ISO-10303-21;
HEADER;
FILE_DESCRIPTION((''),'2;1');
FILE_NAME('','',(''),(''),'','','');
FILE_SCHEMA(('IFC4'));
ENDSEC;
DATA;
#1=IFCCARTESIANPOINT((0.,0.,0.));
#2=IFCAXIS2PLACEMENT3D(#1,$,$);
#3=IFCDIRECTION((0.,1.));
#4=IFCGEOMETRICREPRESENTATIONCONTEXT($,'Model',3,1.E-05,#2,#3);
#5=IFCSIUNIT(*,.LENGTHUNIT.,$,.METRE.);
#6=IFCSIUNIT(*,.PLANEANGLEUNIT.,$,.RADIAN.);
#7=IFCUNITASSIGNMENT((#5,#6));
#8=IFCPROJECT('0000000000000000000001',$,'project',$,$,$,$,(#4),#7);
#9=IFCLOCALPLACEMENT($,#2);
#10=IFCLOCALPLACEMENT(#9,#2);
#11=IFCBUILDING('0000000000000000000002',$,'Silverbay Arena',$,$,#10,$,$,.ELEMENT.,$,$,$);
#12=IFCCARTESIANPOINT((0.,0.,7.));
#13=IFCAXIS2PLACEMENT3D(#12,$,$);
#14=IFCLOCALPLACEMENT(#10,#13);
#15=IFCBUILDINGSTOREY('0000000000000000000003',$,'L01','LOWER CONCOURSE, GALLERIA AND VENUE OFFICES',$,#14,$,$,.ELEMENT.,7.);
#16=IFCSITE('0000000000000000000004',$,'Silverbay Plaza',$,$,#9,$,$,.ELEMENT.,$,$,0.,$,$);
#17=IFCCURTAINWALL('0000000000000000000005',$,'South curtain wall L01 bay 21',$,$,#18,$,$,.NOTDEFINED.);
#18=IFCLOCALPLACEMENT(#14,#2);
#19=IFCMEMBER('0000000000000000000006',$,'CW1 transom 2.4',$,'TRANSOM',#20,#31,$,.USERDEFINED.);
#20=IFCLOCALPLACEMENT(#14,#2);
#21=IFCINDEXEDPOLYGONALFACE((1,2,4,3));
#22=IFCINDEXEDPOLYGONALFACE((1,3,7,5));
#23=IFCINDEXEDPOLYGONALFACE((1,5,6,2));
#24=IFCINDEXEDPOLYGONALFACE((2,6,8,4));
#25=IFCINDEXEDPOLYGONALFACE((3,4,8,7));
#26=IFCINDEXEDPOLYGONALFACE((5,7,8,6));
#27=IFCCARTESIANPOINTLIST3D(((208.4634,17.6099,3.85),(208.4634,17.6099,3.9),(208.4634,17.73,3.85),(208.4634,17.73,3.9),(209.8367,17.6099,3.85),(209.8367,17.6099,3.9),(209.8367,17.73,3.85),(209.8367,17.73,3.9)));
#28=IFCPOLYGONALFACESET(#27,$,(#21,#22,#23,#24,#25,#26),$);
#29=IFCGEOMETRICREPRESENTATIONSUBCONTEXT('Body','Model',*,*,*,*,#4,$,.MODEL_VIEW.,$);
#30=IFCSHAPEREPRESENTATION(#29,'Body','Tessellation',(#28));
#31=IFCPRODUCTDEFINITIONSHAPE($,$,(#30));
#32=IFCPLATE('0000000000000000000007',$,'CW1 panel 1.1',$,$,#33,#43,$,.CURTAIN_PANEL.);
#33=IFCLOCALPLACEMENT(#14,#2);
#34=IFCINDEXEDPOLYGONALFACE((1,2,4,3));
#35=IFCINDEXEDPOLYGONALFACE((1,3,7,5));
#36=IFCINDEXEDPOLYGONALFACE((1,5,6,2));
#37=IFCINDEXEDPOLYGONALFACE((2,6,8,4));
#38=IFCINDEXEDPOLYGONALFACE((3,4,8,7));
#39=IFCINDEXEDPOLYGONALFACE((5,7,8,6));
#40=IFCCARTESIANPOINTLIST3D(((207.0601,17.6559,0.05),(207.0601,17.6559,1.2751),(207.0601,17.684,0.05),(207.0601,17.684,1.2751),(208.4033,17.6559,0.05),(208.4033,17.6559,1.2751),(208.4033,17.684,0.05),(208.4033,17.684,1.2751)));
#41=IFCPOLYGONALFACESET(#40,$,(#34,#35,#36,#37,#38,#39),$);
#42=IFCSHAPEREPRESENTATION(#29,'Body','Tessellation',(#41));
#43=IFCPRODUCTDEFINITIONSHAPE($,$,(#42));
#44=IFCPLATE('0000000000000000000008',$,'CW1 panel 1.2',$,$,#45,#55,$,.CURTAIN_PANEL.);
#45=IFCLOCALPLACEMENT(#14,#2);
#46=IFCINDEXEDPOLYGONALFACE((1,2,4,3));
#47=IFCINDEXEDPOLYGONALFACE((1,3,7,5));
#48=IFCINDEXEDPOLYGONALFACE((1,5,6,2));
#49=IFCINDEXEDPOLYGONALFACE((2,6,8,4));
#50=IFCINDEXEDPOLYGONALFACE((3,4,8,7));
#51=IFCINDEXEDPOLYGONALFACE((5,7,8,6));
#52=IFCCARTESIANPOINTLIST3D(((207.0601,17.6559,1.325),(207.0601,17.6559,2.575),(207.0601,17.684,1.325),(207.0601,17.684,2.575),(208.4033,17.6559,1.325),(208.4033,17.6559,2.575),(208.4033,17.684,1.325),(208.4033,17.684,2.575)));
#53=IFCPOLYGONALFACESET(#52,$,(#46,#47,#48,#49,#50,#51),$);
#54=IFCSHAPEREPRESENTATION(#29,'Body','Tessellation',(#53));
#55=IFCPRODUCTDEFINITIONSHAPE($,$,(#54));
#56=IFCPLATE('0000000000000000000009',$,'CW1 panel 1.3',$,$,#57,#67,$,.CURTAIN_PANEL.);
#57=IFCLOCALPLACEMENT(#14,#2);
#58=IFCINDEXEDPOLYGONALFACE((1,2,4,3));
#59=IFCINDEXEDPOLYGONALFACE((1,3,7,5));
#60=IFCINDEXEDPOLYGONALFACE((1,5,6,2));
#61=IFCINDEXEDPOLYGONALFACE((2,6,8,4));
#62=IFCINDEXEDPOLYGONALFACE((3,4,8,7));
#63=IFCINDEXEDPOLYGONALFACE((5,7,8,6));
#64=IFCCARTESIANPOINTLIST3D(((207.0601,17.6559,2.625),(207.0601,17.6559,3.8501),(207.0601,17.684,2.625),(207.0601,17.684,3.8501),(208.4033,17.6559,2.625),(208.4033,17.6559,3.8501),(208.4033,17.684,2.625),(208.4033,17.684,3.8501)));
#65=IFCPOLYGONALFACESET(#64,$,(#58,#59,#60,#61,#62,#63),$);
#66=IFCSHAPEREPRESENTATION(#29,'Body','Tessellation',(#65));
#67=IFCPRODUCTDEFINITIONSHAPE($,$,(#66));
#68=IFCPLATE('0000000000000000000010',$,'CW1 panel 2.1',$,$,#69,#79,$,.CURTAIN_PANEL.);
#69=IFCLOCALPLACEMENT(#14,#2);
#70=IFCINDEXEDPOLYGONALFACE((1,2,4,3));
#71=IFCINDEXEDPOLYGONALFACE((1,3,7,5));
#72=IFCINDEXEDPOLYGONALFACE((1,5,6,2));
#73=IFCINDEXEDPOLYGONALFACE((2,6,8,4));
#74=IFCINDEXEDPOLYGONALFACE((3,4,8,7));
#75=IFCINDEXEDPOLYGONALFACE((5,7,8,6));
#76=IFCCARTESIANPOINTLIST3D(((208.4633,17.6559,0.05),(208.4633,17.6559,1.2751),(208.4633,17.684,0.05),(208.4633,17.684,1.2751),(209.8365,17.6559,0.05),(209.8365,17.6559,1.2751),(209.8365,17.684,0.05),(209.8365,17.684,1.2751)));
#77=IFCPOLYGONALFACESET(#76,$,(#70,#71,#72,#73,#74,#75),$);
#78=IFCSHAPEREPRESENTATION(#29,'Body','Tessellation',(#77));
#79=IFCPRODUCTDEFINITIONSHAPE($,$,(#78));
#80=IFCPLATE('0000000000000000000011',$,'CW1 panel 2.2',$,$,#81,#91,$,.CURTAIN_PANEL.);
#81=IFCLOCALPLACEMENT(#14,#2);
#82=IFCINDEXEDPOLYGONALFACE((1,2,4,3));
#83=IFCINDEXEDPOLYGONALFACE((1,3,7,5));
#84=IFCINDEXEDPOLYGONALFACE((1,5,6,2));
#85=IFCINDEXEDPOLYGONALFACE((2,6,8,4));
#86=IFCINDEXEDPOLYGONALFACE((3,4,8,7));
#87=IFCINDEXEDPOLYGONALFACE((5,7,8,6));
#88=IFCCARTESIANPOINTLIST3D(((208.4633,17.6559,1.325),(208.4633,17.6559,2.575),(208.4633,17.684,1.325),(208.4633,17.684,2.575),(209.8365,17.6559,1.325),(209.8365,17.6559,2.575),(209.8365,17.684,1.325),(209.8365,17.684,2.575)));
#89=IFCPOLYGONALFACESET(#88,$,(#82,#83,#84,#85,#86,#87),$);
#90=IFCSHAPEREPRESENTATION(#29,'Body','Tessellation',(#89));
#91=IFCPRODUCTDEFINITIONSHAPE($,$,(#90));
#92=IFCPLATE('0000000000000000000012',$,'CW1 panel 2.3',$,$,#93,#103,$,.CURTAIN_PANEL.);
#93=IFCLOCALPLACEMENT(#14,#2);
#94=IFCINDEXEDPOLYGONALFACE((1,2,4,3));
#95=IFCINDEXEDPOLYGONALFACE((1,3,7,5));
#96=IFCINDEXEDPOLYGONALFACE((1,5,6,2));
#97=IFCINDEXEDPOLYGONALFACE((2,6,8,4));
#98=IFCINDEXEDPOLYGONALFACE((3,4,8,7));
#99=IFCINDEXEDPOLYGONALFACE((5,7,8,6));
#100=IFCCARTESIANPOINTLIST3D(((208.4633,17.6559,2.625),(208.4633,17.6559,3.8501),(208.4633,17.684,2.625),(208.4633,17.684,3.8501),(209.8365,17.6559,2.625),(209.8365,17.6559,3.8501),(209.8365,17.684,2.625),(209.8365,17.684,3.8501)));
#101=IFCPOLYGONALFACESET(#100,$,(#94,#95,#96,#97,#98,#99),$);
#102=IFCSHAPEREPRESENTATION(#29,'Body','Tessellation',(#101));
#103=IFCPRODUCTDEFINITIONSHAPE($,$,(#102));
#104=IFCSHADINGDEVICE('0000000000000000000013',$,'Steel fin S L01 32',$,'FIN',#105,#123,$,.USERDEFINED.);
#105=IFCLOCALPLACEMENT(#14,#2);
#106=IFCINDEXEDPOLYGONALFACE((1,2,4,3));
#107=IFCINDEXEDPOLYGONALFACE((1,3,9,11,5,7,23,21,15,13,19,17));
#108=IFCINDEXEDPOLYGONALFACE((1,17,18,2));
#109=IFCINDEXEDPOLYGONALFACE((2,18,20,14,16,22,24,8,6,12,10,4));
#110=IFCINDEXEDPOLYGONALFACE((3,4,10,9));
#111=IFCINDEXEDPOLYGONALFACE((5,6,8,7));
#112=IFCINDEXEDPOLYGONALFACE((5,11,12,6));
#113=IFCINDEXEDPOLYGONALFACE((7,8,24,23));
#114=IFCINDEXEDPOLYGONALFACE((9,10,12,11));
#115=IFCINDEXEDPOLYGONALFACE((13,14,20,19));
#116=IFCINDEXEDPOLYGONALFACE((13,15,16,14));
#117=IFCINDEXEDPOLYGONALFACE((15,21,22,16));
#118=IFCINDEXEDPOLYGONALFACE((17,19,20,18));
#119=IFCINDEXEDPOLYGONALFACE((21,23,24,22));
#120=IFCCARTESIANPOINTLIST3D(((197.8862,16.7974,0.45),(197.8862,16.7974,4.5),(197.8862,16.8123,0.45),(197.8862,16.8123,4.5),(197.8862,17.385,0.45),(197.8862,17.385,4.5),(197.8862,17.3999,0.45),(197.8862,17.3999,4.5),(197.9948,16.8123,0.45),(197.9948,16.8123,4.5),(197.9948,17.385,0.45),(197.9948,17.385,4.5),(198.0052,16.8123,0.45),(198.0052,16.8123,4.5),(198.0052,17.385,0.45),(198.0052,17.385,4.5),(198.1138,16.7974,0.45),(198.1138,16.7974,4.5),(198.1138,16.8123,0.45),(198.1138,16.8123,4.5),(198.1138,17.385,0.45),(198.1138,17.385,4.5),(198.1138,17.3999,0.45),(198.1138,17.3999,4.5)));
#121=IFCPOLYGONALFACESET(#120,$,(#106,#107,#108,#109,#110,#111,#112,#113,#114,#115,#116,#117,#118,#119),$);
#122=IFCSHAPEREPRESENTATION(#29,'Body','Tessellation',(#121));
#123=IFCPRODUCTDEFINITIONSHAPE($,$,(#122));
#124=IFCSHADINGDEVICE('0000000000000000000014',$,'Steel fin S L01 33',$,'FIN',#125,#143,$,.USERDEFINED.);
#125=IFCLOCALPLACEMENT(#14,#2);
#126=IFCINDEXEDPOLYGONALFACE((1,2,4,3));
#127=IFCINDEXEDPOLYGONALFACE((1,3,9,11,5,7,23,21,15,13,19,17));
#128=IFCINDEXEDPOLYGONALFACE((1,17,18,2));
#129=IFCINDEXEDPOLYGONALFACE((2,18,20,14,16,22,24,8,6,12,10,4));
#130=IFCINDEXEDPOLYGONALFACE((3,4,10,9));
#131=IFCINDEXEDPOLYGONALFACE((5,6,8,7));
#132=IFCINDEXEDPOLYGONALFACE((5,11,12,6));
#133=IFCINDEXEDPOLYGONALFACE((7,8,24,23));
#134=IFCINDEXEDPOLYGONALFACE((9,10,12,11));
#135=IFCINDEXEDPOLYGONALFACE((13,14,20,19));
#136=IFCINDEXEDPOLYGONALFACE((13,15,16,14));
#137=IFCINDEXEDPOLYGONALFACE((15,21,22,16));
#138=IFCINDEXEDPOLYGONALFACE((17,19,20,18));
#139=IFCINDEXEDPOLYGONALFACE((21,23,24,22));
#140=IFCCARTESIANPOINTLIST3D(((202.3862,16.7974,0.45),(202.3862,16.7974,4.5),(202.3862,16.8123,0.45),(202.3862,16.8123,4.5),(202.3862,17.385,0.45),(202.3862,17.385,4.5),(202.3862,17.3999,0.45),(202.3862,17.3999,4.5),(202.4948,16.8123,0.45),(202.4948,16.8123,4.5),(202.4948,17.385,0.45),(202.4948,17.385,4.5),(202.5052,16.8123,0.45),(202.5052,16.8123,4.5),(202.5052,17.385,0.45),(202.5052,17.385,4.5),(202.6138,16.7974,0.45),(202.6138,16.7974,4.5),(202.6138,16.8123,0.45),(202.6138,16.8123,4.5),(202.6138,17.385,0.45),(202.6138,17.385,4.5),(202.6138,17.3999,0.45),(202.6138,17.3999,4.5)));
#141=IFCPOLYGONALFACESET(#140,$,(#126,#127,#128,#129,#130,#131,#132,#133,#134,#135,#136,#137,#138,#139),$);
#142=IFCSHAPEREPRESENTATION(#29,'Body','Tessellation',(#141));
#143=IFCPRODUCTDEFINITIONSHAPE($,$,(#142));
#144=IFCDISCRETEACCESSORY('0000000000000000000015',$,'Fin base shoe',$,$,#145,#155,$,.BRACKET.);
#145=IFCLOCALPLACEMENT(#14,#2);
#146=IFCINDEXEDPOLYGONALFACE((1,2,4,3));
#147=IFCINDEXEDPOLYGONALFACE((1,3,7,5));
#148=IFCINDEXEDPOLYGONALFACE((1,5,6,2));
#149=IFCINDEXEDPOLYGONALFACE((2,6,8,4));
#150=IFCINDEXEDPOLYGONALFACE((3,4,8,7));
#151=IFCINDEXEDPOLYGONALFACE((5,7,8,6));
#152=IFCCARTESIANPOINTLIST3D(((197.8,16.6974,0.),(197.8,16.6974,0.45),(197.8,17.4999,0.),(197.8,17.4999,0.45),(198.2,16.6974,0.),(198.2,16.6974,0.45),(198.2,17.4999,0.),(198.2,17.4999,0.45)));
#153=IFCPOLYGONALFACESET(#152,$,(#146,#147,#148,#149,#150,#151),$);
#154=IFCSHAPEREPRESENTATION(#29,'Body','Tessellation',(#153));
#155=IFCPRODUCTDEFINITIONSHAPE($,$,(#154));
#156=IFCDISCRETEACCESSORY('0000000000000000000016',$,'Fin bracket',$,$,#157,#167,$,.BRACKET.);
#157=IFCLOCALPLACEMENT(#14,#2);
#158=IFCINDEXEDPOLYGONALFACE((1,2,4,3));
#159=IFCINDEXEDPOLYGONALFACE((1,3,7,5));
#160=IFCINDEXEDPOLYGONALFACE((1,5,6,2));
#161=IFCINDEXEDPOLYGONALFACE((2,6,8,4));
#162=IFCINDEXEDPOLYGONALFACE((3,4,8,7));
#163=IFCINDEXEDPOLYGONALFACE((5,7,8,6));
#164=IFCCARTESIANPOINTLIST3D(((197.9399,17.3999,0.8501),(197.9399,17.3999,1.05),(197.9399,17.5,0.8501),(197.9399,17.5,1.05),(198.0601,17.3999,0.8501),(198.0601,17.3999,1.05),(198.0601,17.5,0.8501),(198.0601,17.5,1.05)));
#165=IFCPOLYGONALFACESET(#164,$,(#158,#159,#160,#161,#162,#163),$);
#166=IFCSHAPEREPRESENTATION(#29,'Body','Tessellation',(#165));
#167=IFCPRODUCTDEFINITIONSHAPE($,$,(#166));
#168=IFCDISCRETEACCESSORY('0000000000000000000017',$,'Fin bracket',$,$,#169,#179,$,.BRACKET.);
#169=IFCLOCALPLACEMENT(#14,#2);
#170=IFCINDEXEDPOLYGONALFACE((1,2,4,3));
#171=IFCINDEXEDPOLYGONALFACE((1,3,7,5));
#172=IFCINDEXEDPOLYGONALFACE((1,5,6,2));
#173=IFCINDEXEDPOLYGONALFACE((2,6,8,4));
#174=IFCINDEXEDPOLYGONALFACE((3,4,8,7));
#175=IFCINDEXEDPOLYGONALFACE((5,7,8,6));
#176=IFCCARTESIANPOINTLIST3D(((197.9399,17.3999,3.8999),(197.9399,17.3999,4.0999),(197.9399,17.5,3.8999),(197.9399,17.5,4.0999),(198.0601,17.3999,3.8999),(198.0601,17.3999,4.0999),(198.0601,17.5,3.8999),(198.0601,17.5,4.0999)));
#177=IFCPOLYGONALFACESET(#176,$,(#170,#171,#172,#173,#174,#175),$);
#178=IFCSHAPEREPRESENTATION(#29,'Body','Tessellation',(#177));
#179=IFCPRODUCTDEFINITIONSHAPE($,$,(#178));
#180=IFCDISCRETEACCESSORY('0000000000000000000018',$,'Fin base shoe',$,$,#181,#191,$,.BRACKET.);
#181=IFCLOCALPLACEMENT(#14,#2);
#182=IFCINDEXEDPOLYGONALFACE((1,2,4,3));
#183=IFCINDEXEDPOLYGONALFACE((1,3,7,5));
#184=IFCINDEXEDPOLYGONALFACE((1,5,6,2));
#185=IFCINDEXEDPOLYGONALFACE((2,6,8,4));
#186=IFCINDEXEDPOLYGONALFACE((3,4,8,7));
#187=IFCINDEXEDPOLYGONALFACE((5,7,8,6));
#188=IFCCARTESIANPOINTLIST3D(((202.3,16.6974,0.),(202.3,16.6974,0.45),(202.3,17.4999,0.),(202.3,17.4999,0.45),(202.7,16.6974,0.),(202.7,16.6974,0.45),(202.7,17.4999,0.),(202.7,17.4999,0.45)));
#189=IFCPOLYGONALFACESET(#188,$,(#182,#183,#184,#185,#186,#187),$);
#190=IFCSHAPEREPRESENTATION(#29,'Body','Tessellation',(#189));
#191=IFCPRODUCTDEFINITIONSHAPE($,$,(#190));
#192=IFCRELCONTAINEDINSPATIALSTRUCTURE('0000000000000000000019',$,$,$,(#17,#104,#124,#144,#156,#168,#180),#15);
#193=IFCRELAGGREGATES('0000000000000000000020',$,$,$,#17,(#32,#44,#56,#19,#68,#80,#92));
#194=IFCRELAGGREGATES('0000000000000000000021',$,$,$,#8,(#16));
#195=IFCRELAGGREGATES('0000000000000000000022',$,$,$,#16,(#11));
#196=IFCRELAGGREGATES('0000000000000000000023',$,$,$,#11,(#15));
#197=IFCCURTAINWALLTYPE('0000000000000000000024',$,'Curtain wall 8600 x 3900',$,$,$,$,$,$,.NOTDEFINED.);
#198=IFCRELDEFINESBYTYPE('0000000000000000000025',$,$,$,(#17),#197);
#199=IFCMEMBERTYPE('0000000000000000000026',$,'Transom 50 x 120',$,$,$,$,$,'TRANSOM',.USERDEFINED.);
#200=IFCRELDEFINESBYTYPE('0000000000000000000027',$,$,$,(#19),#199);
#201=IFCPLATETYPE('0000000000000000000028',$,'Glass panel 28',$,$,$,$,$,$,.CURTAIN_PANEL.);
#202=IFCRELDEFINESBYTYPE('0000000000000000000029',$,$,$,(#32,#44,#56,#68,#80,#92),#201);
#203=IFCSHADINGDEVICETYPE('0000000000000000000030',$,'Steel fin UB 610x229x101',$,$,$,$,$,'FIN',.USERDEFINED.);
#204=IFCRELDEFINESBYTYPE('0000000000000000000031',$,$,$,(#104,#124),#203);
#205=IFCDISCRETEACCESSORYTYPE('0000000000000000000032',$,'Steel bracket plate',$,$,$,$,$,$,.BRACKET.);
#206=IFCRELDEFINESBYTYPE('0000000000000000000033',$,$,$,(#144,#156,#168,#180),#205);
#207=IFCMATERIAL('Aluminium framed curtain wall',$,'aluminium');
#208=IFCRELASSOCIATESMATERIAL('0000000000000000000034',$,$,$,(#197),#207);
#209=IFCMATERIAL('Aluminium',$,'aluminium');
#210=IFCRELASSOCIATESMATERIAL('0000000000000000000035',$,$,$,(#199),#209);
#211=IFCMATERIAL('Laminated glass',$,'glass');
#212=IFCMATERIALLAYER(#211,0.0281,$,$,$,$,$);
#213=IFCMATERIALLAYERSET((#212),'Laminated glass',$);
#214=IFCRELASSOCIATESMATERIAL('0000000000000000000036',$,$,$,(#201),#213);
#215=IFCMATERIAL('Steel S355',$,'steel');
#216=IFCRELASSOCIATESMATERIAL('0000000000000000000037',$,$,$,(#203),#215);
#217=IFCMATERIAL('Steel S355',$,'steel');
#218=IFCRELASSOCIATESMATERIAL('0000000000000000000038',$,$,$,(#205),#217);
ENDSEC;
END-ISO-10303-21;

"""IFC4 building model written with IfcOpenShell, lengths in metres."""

from ifc_helpers import new_model, si_unit, direction, frame, origin, origin_2d, place, context, subcontext, project, spatial, rectangle, i_section, extrude, material, layer, layer_set, material_profile, profile_set, type_object, element, aggregate, save


model = new_model("IFC4")

# Units and contexts
model_context = context("Model", 3, precision=1e-05, world=origin(), true_north=direction((0.0, 1.0)))
body_context = subcontext(model_context, "Body", "Model", "MODEL_VIEW")
ifc_project = project(units=[si_unit("LENGTHUNIT", "METRE"), si_unit("PLANEANGLEUNIT", "RADIAN")], contexts=[model_context])

# Site, building, storey
site_placement = place(None, origin())
site = spatial("IfcSite", under=ifc_project, at=site_placement, Name="Silverbay Plaza", CompositionType="ELEMENT", RefElevation=0.0)
building_placement = place(site_placement, origin())
building = spatial("IfcBuilding", under=site, at=building_placement, Name="Silverbay Arena", CompositionType="ELEMENT")
storey_placement = place(building_placement, frame((0.0, 0.0, 7.0)))
storey = spatial("IfcBuildingStorey", under=building, at=storey_placement, Name="L01", Description="LOWER CONCOURSE, GALLERIA AND VENUE OFFICES", CompositionType="ELEMENT", Elevation=7.0)

# Curtain wall
ifc_material_1 = material(Name="Aluminium framed curtain wall", Category="aluminium")
curtain_wall_type = type_object("IfcCurtainWallType", Name="Curtain wall 8600 x 3900", PredefinedType="NOTDEFINED", material=ifc_material_1)
curtain_wall_placement = place(storey_placement, origin())
curtain_wall = element("IfcCurtainWall", 1, at=curtain_wall_placement, inside=storey, type_object=curtain_wall_type, Name="South curtain wall L01 bay 21", PredefinedType="NOTDEFINED")

# Member
ifc_material_2 = material(Name="Aluminium", Category="aluminium")
ifc_material_profile_1 = material_profile(ifc_material_2, rectangle(XDim=0.1201, YDim=0.05, at=origin_2d()), Name="Transom 50 x 120")
ifc_profile_set_1 = profile_set([ifc_material_profile_1], Name="Aluminium")
member_type_1 = type_object("IfcMemberType", Name="Transom 50 x 120", ElementType="TRANSOM", PredefinedType="USERDEFINED", material=ifc_profile_set_1)
member_1_placement = place(storey_placement, frame((208.4634, 17.6699, 3.875), z_axis=(1.0, 0.0, 0.0), x_axis=(0.0, 1.0, 0.0)))
member_1 = element("IfcMember", 2, at=member_1_placement, type_object=member_type_1, Name="CW1 transom 2.4", ObjectType="TRANSOM", PredefinedType="USERDEFINED", context=body_context, shape_type="SweptSolid", body=[
    extrude(rectangle(XDim=0.1201, YDim=0.05, at=origin_2d()), origin(), (0.0, 0.0, 1.0), 1.3733),
])

# Plates
ifc_material_3 = material(Name="Laminated glass", Category="glass")
ifc_layer = layer(ifc_material_3, 0.0281)
ifc_layer_set = layer_set([ifc_layer], Name="Laminated glass")
plate_type = type_object("IfcPlateType", Name="Glass panel 28", PredefinedType="CURTAIN_PANEL", material=ifc_layer_set)
plate_1_placement = place(storey_placement, frame((207.7317, 17.6699, 0.05), z_axis=(0.0, 0.0, 1.0), x_axis=(1.0, 0.0, 0.0)))
plate_1 = element("IfcPlate", 3, at=plate_1_placement, type_object=plate_type, Name="CW1 panel 1.1", PredefinedType="CURTAIN_PANEL", context=body_context, shape_type="SweptSolid", body=[
    extrude(rectangle(XDim=1.3433, YDim=0.0281, at=origin_2d()), origin(), (0.0, 0.0, 1.0), 1.2251),
])
plate_2_placement = place(storey_placement, frame((207.7317, 17.6699, 1.325), z_axis=(0.0, 0.0, 1.0), x_axis=(1.0, 0.0, 0.0)))
plate_2 = element("IfcPlate", 4, at=plate_2_placement, type_object=plate_type, Name="CW1 panel 1.2", PredefinedType="CURTAIN_PANEL", context=body_context, shape_type="SweptSolid", body=[
    extrude(rectangle(XDim=1.3433, YDim=0.0281, at=origin_2d()), origin(), (0.0, 0.0, 1.0), 1.25),
])
plate_3_placement = place(storey_placement, frame((207.7317, 17.6699, 2.625), z_axis=(0.0, 0.0, 1.0), x_axis=(1.0, 0.0, 0.0)))
plate_3 = element("IfcPlate", 5, at=plate_3_placement, type_object=plate_type, Name="CW1 panel 1.3", PredefinedType="CURTAIN_PANEL", context=body_context, shape_type="SweptSolid", body=[
    extrude(rectangle(XDim=1.3433, YDim=0.0281, at=origin_2d()), origin(), (0.0, 0.0, 1.0), 1.2251),
])
plate_4_placement = place(storey_placement, frame((209.1499, 17.6699, 0.05), z_axis=(0.0, 0.0, 1.0), x_axis=(1.0, 0.0, 0.0)))
plate_4 = element("IfcPlate", 6, at=plate_4_placement, type_object=plate_type, Name="CW1 panel 2.1", PredefinedType="CURTAIN_PANEL", context=body_context, shape_type="SweptSolid", body=[
    extrude(rectangle(XDim=1.3733, YDim=0.0281, at=origin_2d()), origin(), (0.0, 0.0, 1.0), 1.2251),
])
plate_5_placement = place(storey_placement, frame((209.1499, 17.6699, 1.325), z_axis=(0.0, 0.0, 1.0), x_axis=(1.0, 0.0, 0.0)))
plate_5 = element("IfcPlate", 7, at=plate_5_placement, type_object=plate_type, Name="CW1 panel 2.2", PredefinedType="CURTAIN_PANEL", context=body_context, shape_type="SweptSolid", body=[
    extrude(rectangle(XDim=1.3733, YDim=0.0281, at=origin_2d()), origin(), (0.0, 0.0, 1.0), 1.25),
])
plate_6_placement = place(storey_placement, frame((209.1499, 17.6699, 2.625), z_axis=(0.0, 0.0, 1.0), x_axis=(1.0, 0.0, 0.0)))
plate_6 = element("IfcPlate", 8, at=plate_6_placement, type_object=plate_type, Name="CW1 panel 2.3", PredefinedType="CURTAIN_PANEL", context=body_context, shape_type="SweptSolid", body=[
    extrude(rectangle(XDim=1.3733, YDim=0.0281, at=origin_2d()), origin(), (0.0, 0.0, 1.0), 1.2251),
])
aggregate(curtain_wall, [plate_1, plate_2, plate_3, member_1, plate_4, plate_5, plate_6])

# Shading devices
ifc_material_4 = material(Name="Steel S355", Category="steel")
ifc_material_profile_2 = material_profile(ifc_material_4, i_section(OverallWidth=0.2275, OverallDepth=0.6025, WebThickness=0.0105, FlangeThickness=0.0149, at=origin_2d()), Name="UB 610x229x101")
ifc_profile_set_2 = profile_set([ifc_material_profile_2], Name="Steel S355")
shading_device_type = type_object("IfcShadingDeviceType", Name="Steel fin UB 610x229x101", ElementType="FIN", PredefinedType="USERDEFINED", material=ifc_profile_set_2)
for number, where, z_axis, x_axis, name in (
    (9, (198.0, 17.0986, 0.45), (0.0, 0.0, 1.0), (1.0, 0.0, 0.0), "Steel fin S L01 32"),
    (10, (202.5, 17.0986, 0.45), (0.0, 0.0, 1.0), (1.0, 0.0, 0.0), "Steel fin S L01 33"),
):
    element("IfcShadingDevice", number, at=place(storey_placement, frame(where, z_axis=z_axis, x_axis=x_axis)), inside=storey, type_object=shading_device_type, Name=name, ObjectType="FIN", PredefinedType="USERDEFINED", context=body_context, shape_type="SweptSolid", body=[
        extrude(i_section(OverallWidth=0.2275, OverallDepth=0.6025, WebThickness=0.0105, FlangeThickness=0.0149, at=origin_2d()), origin(), (0.0, 0.0, 1.0), 4.05),
    ])

# Discrete accessories
ifc_material_5 = material(Name="Steel S355", Category="steel")
discrete_accessory_type = type_object("IfcDiscreteAccessoryType", Name="Steel bracket plate", PredefinedType="BRACKET", material=ifc_material_5)
discrete_accessory_1_placement = place(storey_placement, frame((198.0, 17.0986, 0.0), z_axis=(0.0, 0.0, 1.0), x_axis=(1.0, 0.0, 0.0)))
element("IfcDiscreteAccessory", 11, at=discrete_accessory_1_placement, inside=storey, type_object=discrete_accessory_type, Name="Fin base shoe", PredefinedType="BRACKET", context=body_context, shape_type="SweptSolid", body=[
    extrude(rectangle(XDim=0.3999, YDim=0.8025, at=origin_2d()), origin(), (0.0, 0.0, 1.0), 0.45),
])
for number, where, z_axis, x_axis, name in (
    (12, (198.0, 17.45, 0.8501), (0.0, 0.0, 1.0), (1.0, 0.0, 0.0), "Fin bracket"),
    (13, (198.0, 17.45, 3.8999), (0.0, 0.0, 1.0), (1.0, 0.0, 0.0), "Fin bracket"),
):
    element("IfcDiscreteAccessory", number, at=place(storey_placement, frame(where, z_axis=z_axis, x_axis=x_axis)), inside=storey, type_object=discrete_accessory_type, Name=name, PredefinedType="BRACKET", context=body_context, shape_type="SweptSolid", body=[
        extrude(rectangle(XDim=0.1201, YDim=0.1001, at=origin_2d()), origin(), (0.0, 0.0, 1.0), 0.2),
    ])
discrete_accessory_2_placement = place(storey_placement, frame((202.5, 17.0986, 0.0), z_axis=(0.0, 0.0, 1.0), x_axis=(1.0, 0.0, 0.0)))
element("IfcDiscreteAccessory", 14, at=discrete_accessory_2_placement, inside=storey, type_object=discrete_accessory_type, Name="Fin base shoe", PredefinedType="BRACKET", context=body_context, shape_type="SweptSolid", body=[
    extrude(rectangle(XDim=0.3999, YDim=0.8025, at=origin_2d()), origin(), (0.0, 0.0, 1.0), 0.45),
])

save(model, "model.ifc")
